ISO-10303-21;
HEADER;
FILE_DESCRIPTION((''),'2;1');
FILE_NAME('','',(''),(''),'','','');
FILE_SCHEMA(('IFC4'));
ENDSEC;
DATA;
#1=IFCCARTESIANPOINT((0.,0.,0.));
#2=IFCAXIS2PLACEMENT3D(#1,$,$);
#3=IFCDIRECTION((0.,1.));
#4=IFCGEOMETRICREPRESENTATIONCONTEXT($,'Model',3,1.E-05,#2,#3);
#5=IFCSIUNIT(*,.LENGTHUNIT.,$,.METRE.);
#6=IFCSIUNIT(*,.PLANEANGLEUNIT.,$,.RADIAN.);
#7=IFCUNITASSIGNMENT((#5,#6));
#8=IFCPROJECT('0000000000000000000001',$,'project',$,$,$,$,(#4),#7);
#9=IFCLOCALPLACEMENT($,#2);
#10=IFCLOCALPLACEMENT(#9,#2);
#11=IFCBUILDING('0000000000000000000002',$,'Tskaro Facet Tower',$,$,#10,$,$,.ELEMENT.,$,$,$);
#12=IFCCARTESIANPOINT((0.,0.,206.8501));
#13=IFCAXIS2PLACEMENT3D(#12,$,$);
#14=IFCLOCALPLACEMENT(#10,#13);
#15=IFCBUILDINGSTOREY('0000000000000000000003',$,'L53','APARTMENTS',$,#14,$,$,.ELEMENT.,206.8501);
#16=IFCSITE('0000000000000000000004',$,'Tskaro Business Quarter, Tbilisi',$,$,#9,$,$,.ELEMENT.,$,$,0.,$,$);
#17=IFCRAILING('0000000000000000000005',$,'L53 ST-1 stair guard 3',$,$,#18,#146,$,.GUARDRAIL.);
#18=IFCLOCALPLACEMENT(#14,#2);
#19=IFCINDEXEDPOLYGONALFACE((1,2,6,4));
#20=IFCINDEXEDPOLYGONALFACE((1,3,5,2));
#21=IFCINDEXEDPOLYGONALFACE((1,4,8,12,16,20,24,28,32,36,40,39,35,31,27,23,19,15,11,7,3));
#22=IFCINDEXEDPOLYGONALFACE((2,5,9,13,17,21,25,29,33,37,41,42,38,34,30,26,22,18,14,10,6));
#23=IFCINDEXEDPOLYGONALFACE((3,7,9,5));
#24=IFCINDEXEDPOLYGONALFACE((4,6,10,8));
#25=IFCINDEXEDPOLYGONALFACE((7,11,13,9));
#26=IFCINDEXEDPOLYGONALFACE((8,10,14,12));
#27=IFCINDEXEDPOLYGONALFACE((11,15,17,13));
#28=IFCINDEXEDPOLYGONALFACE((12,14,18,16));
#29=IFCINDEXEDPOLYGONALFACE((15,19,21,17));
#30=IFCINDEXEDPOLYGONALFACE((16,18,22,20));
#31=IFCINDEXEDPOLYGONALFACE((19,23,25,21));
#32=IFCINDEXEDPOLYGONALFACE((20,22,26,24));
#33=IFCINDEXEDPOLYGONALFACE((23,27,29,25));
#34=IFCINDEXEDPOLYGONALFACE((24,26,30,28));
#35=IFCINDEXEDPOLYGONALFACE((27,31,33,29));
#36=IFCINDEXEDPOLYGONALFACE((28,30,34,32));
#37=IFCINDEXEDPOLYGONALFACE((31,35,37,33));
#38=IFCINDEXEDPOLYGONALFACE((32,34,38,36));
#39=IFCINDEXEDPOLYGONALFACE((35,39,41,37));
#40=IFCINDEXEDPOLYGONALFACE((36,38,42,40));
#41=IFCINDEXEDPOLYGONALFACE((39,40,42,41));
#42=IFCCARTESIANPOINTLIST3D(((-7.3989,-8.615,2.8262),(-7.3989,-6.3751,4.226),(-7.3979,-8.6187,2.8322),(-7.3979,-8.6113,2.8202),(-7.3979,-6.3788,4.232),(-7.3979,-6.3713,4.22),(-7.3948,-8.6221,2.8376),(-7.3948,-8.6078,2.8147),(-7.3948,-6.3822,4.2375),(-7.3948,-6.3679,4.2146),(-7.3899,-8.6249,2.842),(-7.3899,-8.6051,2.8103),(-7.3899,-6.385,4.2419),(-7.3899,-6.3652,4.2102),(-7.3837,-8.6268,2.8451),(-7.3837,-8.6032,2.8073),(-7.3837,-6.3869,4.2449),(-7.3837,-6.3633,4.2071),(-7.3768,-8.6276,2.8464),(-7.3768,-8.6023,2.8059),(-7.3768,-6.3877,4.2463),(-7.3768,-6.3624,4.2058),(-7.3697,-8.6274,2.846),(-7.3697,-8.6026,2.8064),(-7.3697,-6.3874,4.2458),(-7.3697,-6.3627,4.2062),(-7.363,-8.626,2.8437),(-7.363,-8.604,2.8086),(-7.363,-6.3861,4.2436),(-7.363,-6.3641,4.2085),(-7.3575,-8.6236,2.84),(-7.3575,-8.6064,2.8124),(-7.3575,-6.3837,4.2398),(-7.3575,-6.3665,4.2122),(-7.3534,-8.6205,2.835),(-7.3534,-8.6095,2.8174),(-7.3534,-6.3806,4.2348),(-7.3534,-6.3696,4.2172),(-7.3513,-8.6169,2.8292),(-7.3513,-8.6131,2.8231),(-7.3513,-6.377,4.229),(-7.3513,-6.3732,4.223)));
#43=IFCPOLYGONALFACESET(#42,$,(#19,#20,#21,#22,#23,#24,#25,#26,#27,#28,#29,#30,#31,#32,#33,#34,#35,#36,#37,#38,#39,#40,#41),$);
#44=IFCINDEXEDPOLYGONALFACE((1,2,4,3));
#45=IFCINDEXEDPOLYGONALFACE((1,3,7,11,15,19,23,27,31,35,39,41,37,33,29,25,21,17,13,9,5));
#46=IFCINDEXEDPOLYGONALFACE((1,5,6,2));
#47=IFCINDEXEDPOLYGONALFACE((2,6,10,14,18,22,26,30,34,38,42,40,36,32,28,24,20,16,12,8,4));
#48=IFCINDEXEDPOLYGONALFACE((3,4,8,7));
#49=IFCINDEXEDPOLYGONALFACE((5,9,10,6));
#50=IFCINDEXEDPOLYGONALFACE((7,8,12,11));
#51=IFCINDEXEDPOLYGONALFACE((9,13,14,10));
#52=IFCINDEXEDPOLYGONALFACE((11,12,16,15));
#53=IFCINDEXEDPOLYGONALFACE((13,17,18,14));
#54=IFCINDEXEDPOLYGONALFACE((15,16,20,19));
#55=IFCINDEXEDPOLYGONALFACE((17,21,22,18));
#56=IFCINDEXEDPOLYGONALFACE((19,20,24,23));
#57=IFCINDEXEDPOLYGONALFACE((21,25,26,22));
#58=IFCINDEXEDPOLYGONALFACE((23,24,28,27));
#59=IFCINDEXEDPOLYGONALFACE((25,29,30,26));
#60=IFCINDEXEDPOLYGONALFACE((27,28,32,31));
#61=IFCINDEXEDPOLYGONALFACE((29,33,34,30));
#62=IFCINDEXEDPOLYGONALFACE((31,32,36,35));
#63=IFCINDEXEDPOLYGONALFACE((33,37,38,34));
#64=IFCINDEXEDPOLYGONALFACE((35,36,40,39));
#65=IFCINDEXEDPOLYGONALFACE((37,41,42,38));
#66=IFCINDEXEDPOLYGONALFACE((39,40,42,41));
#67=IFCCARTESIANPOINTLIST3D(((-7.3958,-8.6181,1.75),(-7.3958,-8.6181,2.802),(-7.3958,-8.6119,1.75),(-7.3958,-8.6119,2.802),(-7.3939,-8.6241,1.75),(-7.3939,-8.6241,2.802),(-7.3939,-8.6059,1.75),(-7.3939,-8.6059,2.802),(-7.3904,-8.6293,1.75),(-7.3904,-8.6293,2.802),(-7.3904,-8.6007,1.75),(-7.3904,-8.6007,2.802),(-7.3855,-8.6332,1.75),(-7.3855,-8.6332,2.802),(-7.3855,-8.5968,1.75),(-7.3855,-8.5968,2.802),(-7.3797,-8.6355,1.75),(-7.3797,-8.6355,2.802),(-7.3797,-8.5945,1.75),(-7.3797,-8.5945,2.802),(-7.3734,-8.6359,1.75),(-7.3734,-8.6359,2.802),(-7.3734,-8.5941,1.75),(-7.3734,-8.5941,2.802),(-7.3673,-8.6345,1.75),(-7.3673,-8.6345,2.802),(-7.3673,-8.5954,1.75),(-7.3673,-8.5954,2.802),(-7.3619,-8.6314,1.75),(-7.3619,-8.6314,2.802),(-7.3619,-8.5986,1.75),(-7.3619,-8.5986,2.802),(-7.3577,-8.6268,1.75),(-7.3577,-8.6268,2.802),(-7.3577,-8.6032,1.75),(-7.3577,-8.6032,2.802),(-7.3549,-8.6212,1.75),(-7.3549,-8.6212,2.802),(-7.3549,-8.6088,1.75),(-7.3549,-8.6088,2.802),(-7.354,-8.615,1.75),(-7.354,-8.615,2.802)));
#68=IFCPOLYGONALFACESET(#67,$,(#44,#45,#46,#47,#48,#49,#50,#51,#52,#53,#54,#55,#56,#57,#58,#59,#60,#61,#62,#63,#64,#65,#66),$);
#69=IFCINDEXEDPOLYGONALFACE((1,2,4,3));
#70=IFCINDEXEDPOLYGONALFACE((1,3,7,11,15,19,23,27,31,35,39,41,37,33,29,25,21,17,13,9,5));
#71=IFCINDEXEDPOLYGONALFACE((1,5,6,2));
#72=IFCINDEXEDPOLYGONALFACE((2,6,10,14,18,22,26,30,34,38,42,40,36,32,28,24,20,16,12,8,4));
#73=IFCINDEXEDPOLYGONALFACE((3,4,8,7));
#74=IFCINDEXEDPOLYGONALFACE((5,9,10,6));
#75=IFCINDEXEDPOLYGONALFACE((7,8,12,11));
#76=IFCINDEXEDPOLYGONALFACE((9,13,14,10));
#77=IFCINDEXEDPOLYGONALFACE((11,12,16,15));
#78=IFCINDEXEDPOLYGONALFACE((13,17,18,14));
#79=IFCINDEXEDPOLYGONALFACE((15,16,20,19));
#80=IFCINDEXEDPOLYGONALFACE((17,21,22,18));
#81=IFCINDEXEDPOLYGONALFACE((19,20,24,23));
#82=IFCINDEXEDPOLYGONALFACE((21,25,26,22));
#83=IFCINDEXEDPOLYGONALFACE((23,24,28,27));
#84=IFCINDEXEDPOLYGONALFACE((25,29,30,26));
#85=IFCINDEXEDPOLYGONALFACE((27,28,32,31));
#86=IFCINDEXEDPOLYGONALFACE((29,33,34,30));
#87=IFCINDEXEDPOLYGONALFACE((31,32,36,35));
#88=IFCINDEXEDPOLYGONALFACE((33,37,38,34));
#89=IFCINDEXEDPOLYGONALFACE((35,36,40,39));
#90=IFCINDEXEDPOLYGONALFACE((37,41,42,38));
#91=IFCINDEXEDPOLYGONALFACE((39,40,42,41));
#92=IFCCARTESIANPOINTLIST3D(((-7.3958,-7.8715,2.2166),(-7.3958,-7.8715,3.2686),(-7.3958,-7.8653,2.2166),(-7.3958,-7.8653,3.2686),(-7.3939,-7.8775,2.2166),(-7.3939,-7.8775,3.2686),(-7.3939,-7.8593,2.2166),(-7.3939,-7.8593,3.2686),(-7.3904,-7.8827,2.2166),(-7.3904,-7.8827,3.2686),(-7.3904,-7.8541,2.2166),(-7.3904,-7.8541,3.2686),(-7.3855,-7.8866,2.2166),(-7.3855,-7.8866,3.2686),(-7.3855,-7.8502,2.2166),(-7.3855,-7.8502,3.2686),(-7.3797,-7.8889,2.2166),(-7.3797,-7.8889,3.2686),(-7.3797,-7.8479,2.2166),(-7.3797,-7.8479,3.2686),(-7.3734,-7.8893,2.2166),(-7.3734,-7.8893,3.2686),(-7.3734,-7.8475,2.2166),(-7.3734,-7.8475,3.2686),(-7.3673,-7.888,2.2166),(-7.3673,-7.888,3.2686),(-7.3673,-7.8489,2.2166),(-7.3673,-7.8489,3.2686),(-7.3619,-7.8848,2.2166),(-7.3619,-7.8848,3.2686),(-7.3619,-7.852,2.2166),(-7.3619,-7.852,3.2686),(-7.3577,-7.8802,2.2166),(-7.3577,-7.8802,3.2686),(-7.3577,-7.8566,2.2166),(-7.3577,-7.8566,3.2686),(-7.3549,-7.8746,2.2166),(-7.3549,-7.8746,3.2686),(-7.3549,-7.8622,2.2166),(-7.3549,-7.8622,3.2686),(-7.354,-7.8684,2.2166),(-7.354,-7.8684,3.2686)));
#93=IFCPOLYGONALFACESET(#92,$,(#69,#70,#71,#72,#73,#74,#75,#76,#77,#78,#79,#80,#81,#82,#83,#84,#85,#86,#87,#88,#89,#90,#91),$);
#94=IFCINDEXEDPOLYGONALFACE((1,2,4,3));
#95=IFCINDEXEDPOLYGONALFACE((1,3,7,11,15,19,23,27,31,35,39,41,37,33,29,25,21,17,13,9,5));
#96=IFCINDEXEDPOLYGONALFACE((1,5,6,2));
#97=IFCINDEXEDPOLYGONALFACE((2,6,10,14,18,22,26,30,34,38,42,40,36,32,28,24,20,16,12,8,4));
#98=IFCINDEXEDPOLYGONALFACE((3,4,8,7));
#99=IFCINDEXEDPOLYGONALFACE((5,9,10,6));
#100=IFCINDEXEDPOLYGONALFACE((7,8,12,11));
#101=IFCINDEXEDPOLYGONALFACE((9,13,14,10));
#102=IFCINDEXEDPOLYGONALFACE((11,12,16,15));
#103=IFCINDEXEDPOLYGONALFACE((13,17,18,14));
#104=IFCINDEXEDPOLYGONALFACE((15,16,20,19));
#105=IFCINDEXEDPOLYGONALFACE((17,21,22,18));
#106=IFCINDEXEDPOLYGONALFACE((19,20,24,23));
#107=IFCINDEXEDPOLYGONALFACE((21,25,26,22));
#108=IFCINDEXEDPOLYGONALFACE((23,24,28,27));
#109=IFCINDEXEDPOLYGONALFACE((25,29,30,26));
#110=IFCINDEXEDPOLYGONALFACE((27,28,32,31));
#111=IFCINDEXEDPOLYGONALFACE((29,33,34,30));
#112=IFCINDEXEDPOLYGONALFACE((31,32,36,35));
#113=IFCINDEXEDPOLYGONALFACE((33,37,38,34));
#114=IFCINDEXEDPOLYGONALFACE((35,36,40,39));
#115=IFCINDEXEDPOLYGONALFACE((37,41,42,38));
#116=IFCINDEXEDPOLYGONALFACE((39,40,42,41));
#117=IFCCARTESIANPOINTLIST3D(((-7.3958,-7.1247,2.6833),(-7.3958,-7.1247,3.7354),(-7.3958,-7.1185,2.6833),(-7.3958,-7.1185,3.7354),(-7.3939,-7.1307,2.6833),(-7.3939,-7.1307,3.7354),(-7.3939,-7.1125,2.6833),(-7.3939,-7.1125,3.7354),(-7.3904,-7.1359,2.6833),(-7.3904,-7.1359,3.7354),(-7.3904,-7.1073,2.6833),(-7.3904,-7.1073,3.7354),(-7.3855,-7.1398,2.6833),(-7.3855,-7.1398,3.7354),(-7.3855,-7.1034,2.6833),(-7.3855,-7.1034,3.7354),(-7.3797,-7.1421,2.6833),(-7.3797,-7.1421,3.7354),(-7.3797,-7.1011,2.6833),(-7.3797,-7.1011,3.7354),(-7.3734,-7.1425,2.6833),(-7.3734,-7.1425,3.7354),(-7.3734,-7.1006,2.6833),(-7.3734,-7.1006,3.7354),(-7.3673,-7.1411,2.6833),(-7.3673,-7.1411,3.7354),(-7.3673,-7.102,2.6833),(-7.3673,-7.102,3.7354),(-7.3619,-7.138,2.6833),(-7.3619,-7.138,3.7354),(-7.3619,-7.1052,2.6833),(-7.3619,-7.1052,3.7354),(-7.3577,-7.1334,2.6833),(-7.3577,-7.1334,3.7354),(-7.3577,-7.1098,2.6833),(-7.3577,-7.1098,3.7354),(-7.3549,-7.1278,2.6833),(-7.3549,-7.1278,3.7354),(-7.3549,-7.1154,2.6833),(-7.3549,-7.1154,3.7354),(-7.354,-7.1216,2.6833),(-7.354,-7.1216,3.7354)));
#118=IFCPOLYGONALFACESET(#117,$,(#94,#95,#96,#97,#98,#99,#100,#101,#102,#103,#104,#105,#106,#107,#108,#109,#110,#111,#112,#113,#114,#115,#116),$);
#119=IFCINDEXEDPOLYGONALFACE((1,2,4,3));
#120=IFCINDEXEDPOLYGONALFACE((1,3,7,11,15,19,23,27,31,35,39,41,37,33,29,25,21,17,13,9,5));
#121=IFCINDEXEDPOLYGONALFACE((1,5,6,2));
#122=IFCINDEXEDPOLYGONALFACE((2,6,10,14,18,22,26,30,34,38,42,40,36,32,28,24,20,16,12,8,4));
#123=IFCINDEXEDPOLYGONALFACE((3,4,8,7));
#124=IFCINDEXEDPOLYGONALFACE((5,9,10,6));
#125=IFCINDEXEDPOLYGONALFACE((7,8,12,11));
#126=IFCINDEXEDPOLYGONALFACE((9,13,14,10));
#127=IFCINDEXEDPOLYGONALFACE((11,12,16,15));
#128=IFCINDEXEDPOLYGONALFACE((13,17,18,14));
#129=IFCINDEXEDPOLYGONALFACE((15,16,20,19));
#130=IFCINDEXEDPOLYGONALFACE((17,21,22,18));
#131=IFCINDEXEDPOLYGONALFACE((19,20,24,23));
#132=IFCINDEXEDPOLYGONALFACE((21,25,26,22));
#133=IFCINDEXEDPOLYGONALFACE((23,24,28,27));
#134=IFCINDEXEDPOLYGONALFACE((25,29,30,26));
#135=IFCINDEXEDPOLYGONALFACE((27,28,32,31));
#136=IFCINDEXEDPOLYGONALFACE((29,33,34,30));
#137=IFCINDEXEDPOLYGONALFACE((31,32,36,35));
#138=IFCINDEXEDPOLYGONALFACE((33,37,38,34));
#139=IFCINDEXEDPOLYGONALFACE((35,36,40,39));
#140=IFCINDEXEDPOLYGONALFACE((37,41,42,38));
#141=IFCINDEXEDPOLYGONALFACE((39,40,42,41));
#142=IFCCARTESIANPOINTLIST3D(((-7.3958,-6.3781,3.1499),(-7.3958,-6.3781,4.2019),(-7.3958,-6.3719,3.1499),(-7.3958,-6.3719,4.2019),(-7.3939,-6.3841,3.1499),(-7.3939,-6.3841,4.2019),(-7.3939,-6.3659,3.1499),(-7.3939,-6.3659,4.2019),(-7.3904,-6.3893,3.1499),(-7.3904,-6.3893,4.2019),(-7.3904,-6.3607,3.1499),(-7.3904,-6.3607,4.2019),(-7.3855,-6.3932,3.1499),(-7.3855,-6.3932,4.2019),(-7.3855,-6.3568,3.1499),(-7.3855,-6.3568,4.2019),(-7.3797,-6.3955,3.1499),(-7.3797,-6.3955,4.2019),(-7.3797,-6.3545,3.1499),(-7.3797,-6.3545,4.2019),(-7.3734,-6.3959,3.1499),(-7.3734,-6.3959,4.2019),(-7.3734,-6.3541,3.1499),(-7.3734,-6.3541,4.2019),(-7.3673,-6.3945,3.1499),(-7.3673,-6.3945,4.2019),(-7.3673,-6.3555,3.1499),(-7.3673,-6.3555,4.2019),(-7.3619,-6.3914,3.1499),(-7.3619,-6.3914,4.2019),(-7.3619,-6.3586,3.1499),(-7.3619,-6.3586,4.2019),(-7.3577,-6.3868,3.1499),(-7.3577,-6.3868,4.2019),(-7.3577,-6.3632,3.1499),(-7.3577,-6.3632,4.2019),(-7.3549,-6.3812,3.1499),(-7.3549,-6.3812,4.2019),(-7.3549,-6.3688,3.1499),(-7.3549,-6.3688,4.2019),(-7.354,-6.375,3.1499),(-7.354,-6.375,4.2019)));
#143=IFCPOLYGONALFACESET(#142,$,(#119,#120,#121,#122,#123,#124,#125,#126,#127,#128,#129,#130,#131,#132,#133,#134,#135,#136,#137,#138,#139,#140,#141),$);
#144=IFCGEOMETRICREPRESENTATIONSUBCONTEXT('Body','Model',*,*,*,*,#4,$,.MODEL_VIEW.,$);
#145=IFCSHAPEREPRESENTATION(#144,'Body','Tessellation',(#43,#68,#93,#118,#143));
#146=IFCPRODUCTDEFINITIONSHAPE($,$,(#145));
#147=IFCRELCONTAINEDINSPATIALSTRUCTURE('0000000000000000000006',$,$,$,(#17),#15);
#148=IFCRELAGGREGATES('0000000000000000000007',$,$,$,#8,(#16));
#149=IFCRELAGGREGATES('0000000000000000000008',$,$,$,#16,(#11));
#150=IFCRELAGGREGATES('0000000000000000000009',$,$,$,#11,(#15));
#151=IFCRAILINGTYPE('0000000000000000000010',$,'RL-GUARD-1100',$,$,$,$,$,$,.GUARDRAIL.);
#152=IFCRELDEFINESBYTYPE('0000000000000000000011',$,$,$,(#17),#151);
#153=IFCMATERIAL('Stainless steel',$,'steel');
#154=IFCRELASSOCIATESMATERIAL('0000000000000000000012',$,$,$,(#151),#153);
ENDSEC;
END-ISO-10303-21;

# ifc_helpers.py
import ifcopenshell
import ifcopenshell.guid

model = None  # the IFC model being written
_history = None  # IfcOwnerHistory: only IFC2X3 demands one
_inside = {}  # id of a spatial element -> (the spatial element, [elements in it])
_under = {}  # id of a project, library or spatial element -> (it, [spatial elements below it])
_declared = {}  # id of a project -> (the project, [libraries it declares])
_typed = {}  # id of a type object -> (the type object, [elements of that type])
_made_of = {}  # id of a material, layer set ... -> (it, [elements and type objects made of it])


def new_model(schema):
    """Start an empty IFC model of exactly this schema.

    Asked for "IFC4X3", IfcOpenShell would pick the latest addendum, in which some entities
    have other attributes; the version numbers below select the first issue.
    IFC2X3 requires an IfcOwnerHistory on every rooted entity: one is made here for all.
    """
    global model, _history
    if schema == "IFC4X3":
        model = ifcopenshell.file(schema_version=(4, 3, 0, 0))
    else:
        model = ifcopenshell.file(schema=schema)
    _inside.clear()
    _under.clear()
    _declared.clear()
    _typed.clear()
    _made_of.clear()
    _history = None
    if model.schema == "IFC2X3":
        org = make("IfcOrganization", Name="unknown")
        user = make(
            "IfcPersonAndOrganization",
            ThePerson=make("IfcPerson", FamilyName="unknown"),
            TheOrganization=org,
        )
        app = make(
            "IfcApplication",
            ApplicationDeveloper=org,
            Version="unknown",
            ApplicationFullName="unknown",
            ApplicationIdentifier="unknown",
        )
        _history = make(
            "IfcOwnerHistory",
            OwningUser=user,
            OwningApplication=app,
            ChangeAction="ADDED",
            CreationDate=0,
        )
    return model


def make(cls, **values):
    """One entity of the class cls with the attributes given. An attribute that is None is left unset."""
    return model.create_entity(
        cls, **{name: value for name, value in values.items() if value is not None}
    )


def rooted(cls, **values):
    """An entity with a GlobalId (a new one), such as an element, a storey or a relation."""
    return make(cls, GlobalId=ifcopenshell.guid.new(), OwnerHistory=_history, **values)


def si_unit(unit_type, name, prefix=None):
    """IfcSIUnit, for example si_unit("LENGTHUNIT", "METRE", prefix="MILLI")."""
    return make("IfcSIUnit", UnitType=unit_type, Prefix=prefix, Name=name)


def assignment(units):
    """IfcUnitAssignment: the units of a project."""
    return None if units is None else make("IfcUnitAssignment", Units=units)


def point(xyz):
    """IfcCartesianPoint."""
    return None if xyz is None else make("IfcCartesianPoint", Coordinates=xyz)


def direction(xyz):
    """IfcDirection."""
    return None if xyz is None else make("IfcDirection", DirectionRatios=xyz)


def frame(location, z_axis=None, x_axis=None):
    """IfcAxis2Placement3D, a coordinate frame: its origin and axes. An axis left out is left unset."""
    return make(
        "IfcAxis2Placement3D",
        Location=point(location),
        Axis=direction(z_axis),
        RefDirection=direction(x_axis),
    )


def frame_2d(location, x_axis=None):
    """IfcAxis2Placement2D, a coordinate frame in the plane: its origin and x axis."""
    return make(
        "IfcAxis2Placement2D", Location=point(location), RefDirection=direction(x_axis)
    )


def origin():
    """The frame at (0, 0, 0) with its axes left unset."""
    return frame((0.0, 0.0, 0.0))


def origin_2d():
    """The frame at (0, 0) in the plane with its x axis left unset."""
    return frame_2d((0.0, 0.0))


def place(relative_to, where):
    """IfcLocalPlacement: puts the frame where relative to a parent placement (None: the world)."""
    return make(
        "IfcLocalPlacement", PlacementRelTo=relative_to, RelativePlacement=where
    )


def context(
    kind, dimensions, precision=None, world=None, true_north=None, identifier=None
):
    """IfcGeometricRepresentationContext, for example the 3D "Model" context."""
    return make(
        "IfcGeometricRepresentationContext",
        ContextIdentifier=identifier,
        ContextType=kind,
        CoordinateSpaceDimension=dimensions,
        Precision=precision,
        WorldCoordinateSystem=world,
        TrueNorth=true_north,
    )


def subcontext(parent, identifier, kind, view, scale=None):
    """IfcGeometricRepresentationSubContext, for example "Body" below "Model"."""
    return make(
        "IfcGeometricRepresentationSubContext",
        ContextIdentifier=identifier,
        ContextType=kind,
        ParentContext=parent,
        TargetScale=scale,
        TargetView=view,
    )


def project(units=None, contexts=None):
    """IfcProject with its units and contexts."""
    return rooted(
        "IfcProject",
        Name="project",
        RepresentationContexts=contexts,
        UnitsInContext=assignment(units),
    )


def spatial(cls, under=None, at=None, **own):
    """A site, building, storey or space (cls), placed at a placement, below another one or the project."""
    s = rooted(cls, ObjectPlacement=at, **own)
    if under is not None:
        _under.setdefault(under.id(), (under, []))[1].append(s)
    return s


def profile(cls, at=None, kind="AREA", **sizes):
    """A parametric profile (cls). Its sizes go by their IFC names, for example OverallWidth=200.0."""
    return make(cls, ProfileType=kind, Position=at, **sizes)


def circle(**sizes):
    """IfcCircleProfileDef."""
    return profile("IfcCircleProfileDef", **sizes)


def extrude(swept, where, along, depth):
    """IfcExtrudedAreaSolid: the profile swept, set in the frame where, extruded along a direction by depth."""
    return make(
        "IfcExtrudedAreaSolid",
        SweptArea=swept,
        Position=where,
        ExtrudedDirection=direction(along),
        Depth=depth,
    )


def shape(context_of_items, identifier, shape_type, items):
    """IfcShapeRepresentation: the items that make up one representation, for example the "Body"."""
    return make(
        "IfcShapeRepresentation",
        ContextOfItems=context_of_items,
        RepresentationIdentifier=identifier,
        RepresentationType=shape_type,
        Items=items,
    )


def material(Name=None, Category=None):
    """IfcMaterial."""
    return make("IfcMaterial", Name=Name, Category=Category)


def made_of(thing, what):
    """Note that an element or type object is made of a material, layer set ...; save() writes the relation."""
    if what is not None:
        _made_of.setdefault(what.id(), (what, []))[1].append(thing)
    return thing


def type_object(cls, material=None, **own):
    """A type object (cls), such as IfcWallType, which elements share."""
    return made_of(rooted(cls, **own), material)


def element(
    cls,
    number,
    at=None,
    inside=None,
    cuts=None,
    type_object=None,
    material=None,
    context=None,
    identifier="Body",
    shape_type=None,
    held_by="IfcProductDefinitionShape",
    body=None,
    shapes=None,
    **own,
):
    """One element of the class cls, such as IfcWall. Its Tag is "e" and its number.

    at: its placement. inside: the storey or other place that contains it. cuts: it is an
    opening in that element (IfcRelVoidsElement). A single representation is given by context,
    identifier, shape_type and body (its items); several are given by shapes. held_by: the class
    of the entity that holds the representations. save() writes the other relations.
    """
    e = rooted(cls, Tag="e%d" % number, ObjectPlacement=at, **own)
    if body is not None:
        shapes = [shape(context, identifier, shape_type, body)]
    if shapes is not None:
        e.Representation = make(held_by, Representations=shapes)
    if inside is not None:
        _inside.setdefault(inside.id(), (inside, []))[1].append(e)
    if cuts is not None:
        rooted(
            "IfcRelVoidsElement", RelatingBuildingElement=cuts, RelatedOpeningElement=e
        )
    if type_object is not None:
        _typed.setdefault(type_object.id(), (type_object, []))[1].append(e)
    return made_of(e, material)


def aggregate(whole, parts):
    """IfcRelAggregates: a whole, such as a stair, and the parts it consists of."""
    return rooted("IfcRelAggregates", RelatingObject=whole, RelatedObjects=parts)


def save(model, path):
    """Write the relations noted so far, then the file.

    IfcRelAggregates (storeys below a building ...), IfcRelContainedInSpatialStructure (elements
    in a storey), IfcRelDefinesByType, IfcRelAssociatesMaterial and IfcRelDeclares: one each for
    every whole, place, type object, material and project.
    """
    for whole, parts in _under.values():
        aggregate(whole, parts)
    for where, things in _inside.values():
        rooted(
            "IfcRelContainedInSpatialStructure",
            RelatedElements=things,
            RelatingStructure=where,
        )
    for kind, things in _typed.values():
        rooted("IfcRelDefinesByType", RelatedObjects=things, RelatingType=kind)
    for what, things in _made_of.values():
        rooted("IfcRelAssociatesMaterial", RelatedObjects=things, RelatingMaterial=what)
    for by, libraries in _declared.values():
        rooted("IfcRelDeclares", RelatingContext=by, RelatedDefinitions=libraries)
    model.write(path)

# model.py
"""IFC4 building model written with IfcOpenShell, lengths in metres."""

from ifc_helpers import new_model, si_unit, direction, frame, origin, origin_2d, place, context, subcontext, project, spatial, circle, extrude, material, type_object, element, save


model = new_model("IFC4")

# Units and contexts
model_context = context("Model", 3, precision=1e-05, world=origin(), true_north=direction((0.0, 1.0)))
body_context = subcontext(model_context, "Body", "Model", "MODEL_VIEW")
ifc_project = project(units=[si_unit("LENGTHUNIT", "METRE"), si_unit("PLANEANGLEUNIT", "RADIAN")], contexts=[model_context])

# Site, building, storey
site_placement = place(None, origin())
site = spatial("IfcSite", under=ifc_project, at=site_placement, Name="Tskaro Business Quarter, Tbilisi", CompositionType="ELEMENT", RefElevation=0.0)
building_placement = place(site_placement, origin())
building = spatial("IfcBuilding", under=site, at=building_placement, Name="Tskaro Facet Tower", CompositionType="ELEMENT")
storey_placement = place(building_placement, frame((0.0, 0.0, 206.8501)))
storey = spatial("IfcBuildingStorey", under=building, at=storey_placement, Name="L53", Description="APARTMENTS", CompositionType="ELEMENT", Elevation=206.8501)

# Shared definitions
ifc_material_1 = material(Name="Stainless steel", Category="steel")

# Railing
railing_type_1 = type_object("IfcRailingType", Name="RL-GUARD-1100", PredefinedType="GUARDRAIL", material=ifc_material_1)
railing_1_placement = place(storey_placement, frame((-7.375, -8.615, 1.75)))
element("IfcRailing", 1, at=railing_1_placement, inside=storey, type_object=railing_type_1, Name="L53 ST-1 stair guard 3", PredefinedType="GUARDRAIL", context=body_context, shape_type="SweptSolid", body=[
    extrude(circle(Radius=0.0239, at=origin_2d()), frame((0.0, 0.0, 1.0762), z_axis=(0.0, 0.848014, 0.529974), x_axis=(-1.0, 0.0, 0.0)), (0.0, 0.0, 1.0), 2.6414),
    extrude(circle(Radius=0.021, at=origin_2d()), origin(), (0.0, 0.0, 1.0), 1.052),
    extrude(circle(Radius=0.021, at=origin_2d()), frame((0.0, 0.7466, 0.4666)), (0.0, 0.0, 1.0), 1.052),
    extrude(circle(Radius=0.021, at=origin_2d()), frame((0.0, 1.4934, 0.9333)), (0.0, 0.0, 1.0), 1.052),
    extrude(circle(Radius=0.021, at=origin_2d()), frame((0.0, 2.24, 1.3999)), (0.0, 0.0, 1.0), 1.052),
])

save(model, "model.ifc")
